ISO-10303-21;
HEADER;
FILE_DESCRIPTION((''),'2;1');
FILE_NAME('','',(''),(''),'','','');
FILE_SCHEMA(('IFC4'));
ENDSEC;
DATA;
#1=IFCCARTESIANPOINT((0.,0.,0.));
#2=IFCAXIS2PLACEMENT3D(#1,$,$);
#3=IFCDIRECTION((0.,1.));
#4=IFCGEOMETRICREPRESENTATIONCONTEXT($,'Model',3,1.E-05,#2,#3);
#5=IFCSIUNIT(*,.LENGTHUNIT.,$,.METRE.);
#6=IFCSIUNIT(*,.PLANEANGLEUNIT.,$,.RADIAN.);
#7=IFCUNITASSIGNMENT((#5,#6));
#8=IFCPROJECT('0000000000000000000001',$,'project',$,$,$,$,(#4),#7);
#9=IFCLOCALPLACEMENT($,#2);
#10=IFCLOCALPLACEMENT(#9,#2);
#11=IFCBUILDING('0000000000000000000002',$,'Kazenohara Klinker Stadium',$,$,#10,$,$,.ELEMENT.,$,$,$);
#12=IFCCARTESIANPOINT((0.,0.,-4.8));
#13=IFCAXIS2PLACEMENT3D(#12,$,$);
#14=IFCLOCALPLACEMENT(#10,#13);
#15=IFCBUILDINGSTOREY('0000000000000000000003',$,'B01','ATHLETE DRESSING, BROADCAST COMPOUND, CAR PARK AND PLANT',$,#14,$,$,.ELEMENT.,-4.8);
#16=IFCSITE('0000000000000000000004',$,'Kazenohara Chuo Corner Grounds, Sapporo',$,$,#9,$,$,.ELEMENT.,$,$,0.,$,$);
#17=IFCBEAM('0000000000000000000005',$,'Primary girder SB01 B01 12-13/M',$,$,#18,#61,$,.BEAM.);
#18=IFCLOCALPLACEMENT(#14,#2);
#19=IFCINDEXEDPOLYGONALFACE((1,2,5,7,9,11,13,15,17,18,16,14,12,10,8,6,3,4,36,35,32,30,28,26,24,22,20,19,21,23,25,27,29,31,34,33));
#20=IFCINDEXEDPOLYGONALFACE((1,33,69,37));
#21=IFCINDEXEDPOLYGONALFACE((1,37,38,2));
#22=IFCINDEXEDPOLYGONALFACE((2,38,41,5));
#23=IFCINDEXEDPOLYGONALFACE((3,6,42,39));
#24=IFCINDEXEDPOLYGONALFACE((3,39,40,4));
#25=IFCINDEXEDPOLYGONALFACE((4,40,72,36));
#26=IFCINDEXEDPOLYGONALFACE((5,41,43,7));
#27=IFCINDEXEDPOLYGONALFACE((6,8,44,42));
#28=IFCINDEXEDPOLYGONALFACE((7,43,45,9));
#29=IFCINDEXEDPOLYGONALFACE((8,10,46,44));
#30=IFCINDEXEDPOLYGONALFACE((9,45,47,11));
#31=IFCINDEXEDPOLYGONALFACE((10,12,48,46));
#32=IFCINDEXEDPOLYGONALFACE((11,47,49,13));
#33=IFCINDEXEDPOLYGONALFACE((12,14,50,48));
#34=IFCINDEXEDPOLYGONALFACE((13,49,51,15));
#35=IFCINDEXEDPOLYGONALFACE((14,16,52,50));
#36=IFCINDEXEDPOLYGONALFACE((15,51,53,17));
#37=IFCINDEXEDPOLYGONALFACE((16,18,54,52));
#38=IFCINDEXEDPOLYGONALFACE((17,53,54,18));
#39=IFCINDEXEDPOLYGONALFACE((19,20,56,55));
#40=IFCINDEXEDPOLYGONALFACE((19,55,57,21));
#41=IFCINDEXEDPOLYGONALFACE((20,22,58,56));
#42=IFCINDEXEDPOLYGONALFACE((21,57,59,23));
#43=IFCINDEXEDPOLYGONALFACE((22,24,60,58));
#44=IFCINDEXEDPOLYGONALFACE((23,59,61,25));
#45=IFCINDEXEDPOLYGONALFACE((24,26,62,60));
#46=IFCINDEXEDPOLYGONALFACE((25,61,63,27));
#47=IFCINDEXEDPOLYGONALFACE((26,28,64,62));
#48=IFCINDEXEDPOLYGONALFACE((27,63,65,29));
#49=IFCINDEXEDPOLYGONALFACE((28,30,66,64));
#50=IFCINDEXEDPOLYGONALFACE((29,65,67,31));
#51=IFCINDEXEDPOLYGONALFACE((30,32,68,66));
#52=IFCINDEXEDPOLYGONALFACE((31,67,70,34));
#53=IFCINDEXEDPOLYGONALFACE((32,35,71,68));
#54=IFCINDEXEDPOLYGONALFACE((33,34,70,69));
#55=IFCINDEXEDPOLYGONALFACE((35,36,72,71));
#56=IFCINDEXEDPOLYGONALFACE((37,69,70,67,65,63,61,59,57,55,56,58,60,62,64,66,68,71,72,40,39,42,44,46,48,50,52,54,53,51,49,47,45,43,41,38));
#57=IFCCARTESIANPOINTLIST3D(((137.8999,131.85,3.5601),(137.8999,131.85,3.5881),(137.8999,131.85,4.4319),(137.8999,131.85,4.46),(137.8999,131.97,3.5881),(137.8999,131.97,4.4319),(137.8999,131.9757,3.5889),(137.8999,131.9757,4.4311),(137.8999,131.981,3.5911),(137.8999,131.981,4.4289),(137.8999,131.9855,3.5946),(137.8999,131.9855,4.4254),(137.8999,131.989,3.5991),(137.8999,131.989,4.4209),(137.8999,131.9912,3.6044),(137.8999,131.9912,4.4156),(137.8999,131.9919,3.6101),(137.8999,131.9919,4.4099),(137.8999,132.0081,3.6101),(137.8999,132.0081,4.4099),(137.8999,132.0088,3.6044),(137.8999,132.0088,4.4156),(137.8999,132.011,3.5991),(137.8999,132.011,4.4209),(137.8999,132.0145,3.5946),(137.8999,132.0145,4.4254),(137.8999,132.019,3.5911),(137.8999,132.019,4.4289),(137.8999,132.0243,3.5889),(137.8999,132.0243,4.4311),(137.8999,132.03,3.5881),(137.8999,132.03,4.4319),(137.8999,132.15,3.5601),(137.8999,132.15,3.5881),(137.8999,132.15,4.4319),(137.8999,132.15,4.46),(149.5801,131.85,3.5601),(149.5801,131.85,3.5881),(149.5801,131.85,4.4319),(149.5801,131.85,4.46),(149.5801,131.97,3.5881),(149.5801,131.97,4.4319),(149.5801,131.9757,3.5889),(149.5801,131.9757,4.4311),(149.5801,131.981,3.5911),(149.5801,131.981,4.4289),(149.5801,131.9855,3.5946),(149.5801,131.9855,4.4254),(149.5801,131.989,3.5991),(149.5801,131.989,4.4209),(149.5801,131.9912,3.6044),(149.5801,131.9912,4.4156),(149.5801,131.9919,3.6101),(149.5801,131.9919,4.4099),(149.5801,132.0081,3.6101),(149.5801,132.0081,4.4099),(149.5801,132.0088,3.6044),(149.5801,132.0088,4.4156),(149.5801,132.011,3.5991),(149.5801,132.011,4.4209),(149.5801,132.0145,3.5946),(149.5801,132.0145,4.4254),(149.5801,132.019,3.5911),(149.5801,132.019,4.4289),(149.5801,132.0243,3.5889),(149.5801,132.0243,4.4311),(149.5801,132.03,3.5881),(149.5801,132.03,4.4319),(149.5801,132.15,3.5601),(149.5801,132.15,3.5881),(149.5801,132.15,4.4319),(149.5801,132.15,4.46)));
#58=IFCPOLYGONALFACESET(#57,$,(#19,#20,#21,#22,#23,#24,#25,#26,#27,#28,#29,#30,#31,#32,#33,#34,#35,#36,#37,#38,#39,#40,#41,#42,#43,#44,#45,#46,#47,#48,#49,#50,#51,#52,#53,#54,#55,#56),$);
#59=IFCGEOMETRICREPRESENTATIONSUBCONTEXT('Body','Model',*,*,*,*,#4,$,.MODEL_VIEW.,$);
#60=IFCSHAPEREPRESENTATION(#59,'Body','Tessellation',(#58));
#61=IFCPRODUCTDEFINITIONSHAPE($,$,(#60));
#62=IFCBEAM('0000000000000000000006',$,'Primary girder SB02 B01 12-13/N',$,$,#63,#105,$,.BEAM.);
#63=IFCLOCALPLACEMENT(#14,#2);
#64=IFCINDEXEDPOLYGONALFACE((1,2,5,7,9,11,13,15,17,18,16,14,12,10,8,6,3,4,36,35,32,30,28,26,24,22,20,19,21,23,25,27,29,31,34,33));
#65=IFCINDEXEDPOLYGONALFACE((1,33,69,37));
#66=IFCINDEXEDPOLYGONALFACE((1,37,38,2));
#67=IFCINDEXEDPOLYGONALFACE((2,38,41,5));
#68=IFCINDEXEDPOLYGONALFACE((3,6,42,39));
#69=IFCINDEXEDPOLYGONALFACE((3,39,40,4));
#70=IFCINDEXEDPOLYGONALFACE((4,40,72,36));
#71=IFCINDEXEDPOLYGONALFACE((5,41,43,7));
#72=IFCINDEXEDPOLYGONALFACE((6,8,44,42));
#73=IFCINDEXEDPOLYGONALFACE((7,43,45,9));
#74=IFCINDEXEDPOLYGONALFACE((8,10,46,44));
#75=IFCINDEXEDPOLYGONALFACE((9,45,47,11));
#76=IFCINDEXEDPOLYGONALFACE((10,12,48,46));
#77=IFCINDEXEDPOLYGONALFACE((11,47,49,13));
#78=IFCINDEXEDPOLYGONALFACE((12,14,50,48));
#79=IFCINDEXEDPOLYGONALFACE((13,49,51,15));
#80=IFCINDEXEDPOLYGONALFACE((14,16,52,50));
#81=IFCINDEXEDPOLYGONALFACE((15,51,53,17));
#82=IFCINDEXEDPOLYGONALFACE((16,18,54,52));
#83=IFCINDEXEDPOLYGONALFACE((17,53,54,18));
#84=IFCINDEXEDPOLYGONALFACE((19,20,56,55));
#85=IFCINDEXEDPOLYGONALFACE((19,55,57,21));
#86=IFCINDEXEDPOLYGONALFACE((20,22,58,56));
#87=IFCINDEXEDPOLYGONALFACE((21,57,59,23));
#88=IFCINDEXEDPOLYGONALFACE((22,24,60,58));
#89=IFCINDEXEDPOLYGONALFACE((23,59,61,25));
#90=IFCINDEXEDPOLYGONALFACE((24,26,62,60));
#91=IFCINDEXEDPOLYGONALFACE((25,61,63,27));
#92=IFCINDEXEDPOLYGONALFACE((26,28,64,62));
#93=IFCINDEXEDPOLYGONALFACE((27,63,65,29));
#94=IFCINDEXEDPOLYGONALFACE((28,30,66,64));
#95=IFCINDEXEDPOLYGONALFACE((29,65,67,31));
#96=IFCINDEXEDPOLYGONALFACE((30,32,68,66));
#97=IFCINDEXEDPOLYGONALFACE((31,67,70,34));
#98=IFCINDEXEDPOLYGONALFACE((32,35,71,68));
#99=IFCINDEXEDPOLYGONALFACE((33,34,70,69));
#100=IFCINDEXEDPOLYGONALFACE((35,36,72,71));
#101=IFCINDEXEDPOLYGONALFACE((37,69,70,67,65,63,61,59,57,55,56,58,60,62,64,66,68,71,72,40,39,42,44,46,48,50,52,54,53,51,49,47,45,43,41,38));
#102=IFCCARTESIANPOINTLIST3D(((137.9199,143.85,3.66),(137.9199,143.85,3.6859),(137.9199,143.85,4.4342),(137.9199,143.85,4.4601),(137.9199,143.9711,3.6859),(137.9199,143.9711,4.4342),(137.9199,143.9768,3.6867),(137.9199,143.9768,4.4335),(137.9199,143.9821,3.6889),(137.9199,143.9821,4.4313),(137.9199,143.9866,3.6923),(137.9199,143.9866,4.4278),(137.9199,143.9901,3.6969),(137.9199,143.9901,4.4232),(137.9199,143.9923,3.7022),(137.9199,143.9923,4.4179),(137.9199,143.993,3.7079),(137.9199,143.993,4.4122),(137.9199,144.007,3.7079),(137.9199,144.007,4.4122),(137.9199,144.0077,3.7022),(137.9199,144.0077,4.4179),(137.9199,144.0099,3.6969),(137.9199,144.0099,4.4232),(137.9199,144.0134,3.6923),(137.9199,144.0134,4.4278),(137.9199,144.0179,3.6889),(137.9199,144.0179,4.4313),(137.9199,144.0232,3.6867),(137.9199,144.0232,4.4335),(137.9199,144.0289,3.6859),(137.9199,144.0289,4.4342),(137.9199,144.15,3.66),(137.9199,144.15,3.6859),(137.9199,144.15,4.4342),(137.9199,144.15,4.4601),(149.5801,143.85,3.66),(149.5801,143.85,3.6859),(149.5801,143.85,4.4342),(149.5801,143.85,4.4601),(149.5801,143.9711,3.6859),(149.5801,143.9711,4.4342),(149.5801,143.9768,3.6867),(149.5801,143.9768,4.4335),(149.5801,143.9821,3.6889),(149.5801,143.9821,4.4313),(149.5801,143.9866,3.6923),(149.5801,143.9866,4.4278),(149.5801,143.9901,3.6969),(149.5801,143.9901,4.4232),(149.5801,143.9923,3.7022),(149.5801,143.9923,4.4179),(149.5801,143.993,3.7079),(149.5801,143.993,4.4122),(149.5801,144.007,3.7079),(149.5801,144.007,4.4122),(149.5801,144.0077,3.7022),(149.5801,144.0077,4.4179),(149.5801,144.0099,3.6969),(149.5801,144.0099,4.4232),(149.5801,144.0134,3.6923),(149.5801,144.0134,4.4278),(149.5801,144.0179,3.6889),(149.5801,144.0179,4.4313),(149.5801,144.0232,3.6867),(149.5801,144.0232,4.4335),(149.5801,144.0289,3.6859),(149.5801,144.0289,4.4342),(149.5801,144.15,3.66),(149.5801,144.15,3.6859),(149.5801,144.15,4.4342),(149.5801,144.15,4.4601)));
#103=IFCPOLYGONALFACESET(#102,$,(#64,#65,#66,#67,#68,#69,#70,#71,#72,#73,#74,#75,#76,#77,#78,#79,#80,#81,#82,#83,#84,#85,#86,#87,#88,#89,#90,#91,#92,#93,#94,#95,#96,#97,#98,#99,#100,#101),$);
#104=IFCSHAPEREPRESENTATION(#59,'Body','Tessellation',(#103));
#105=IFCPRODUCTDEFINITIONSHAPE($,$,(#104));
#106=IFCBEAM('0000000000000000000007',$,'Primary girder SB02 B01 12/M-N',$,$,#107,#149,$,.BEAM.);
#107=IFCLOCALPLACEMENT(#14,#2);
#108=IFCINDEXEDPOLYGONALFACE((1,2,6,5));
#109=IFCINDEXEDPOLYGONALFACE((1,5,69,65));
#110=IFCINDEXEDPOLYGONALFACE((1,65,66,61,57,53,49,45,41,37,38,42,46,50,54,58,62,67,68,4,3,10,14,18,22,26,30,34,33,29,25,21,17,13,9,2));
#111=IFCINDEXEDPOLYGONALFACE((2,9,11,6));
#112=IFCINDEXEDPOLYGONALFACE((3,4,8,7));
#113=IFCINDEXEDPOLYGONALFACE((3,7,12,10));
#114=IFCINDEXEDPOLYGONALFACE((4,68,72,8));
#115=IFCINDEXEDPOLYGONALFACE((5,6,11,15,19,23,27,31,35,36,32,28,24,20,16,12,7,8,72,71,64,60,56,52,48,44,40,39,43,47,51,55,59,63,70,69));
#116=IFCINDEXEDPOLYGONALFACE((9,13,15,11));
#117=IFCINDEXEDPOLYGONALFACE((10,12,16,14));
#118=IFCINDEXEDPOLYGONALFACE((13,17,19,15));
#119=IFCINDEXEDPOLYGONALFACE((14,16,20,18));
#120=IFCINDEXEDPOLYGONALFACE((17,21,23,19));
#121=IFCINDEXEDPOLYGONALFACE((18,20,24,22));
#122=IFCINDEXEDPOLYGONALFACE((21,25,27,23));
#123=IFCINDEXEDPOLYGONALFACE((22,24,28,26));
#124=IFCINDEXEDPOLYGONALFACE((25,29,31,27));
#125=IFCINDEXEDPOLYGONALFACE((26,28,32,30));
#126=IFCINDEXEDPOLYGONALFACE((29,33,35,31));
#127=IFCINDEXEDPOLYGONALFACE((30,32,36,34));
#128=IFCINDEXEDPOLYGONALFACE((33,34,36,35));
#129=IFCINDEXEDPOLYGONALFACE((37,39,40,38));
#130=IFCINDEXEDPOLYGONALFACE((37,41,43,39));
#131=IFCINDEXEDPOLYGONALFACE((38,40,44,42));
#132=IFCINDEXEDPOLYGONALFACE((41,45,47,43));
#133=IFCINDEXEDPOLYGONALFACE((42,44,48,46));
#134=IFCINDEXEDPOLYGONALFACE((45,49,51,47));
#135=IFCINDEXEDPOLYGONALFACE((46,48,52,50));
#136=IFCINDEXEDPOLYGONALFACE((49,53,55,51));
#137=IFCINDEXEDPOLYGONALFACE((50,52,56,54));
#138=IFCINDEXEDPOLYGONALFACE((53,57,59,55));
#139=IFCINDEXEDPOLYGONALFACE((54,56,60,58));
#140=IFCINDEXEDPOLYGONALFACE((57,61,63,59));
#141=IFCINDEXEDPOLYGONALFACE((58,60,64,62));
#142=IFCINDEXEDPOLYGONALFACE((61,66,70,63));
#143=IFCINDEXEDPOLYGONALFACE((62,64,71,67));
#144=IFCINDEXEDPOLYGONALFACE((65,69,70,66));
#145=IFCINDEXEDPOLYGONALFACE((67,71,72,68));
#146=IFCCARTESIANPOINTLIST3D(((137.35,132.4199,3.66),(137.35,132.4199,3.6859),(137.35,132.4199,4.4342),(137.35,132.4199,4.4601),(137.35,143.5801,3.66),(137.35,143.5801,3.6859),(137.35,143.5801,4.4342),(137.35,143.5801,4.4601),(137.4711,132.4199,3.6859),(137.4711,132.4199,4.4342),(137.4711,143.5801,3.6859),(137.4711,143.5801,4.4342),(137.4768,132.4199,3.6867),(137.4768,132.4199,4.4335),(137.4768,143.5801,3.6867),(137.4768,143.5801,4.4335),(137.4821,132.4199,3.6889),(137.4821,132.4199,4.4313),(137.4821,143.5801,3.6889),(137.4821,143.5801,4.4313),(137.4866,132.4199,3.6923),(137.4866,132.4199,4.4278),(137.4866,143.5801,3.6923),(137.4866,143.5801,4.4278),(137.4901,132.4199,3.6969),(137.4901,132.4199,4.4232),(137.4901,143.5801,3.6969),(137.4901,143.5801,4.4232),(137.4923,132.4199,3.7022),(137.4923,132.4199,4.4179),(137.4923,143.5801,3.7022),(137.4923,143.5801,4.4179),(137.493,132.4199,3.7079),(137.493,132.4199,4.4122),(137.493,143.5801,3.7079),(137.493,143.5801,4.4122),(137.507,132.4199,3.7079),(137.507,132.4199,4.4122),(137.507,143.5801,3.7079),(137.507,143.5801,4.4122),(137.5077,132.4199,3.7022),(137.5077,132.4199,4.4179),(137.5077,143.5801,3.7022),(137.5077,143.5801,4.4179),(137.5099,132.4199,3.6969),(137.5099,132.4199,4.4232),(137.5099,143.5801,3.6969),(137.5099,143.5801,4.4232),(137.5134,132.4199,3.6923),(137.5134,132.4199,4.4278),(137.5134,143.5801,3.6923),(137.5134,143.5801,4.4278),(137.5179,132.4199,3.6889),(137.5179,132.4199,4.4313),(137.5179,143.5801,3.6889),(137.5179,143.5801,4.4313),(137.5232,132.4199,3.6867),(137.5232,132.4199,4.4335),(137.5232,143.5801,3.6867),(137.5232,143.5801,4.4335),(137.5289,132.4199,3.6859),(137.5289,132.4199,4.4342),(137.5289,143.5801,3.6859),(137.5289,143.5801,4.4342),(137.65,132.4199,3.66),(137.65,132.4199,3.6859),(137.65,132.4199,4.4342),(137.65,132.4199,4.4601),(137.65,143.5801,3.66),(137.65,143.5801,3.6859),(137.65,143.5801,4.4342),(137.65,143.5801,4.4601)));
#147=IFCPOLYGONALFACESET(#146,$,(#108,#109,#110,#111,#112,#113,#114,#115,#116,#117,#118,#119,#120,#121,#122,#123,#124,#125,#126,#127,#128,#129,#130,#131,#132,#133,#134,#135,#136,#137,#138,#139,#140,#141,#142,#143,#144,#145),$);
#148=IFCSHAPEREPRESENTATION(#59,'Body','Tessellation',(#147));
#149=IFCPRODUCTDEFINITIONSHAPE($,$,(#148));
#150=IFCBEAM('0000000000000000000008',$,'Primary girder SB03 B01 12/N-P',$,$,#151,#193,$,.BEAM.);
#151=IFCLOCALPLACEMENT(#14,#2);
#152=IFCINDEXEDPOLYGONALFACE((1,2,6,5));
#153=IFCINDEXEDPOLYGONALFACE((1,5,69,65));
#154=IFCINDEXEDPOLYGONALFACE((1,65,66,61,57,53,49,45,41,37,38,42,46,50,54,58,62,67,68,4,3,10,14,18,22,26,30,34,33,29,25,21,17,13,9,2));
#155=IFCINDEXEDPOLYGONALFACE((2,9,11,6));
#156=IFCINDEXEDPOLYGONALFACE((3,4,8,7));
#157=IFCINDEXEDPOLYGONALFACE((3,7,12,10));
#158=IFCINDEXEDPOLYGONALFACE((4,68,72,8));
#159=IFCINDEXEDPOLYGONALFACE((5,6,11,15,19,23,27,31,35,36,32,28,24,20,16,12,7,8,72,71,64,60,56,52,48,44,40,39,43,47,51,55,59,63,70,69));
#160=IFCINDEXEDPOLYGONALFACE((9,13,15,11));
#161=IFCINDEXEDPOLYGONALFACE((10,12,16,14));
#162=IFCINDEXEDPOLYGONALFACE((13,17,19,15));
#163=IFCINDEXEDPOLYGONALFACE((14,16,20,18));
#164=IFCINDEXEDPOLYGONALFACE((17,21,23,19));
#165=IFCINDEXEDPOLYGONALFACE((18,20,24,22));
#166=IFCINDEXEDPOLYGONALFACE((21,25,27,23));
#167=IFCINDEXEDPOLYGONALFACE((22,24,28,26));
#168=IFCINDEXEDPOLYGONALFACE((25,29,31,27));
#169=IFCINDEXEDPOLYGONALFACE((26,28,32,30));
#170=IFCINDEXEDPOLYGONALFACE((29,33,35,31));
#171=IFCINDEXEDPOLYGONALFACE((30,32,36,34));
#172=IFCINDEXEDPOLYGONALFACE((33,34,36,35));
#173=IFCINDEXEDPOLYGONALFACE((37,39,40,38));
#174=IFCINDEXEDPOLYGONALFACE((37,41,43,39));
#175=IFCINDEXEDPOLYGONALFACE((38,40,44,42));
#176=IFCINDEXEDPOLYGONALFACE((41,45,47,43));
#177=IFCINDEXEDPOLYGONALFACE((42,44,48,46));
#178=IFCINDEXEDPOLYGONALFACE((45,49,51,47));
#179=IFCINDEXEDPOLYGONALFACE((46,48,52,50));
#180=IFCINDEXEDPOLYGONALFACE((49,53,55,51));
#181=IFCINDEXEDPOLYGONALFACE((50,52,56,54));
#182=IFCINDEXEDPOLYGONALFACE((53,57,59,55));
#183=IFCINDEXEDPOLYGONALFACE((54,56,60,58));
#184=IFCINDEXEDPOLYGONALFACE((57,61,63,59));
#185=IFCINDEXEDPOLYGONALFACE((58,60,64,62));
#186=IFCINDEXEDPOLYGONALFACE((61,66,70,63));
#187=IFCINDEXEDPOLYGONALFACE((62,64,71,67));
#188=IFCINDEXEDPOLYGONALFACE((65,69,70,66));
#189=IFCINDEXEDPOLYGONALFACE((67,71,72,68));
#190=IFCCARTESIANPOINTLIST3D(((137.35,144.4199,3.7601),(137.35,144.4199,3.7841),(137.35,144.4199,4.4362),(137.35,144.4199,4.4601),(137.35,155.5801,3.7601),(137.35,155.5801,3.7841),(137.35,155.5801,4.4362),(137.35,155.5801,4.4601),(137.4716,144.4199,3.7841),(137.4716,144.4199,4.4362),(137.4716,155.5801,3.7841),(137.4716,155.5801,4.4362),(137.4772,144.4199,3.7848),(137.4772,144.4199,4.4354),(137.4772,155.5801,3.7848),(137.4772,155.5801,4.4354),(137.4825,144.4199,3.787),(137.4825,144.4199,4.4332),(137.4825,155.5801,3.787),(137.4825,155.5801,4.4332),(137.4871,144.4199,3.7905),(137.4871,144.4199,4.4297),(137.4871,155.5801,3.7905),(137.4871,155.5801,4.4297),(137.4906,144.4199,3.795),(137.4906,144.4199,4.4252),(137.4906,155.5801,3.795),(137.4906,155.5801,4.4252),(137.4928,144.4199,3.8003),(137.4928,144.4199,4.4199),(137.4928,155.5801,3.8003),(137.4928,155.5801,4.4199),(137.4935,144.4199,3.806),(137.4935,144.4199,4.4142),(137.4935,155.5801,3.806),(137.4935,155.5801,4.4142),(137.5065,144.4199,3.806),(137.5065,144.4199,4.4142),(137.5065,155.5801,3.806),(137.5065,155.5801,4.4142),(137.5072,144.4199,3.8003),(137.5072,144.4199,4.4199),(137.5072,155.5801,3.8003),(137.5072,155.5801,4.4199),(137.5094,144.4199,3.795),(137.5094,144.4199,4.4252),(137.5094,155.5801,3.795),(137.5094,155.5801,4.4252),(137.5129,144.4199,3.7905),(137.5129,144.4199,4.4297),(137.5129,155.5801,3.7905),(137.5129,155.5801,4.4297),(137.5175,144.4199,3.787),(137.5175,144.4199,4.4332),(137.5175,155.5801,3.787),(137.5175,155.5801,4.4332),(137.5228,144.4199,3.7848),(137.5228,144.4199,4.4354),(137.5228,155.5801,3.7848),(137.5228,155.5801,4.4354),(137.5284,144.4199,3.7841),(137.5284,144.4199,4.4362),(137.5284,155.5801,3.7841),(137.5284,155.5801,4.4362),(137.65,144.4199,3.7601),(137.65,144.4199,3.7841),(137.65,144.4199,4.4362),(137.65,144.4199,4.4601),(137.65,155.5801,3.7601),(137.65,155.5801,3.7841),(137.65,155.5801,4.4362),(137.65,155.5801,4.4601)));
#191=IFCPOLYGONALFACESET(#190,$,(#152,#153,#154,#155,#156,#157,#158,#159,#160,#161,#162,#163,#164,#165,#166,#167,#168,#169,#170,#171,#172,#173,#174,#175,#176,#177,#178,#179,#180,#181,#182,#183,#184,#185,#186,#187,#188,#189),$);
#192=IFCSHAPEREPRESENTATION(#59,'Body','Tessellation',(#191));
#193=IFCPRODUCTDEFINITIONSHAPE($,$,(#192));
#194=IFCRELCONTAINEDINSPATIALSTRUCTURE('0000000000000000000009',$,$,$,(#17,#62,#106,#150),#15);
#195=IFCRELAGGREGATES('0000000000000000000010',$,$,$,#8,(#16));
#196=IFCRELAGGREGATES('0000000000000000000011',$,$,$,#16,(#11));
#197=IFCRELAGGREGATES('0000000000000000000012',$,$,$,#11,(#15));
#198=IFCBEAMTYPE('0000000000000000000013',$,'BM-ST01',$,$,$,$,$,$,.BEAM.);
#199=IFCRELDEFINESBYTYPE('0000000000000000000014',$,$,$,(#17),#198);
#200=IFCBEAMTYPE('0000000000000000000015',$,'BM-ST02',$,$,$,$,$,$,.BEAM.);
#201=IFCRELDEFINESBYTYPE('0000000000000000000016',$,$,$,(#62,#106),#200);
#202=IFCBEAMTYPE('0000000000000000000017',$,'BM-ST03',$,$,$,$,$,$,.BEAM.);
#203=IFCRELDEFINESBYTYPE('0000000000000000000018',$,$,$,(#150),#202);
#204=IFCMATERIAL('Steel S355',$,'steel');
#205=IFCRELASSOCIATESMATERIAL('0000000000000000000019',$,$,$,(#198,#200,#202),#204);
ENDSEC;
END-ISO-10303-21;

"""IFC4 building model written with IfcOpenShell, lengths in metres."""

from ifc_helpers import new_model, si_unit, direction, frame, origin, origin_2d, place, context, subcontext, project, spatial, i_section, extrude, material, material_profile, profile_set, type_object, element, save


model = new_model("IFC4")

# Units and contexts
model_context = context("Model", 3, precision=1e-05, world=origin(), true_north=direction((0.0, 1.0)))
body_context = subcontext(model_context, "Body", "Model", "MODEL_VIEW")
ifc_project = project(units=[si_unit("LENGTHUNIT", "METRE"), si_unit("PLANEANGLEUNIT", "RADIAN")], contexts=[model_context])

# Site, building, storey
site_placement = place(None, origin())
site = spatial("IfcSite", under=ifc_project, at=site_placement, Name="Kazenohara Chuo Corner Grounds, Sapporo", CompositionType="ELEMENT", RefElevation=0.0)
building_placement = place(site_placement, origin())
building = spatial("IfcBuilding", under=site, at=building_placement, Name="Kazenohara Klinker Stadium", CompositionType="ELEMENT")
storey_placement = place(building_placement, frame((0.0, 0.0, -4.8)))
storey = spatial("IfcBuildingStorey", under=building, at=storey_placement, Name="B01", Description="ATHLETE DRESSING, BROADCAST COMPOUND, CAR PARK AND PLANT", CompositionType="ELEMENT", Elevation=-4.8)

# Beams
ifc_material_1 = material(Name="Steel S355", Category="steel")
ifc_material_profile_1 = material_profile(ifc_material_1, i_section(OverallWidth=0.3, OverallDepth=0.8999, WebThickness=0.0161, FlangeThickness=0.0281, FilletRadius=0.022, at=origin_2d()), Name="H-900x300x16x28")
ifc_profile_set_1 = profile_set([ifc_material_profile_1], Name="Steel S355")
beam_type_1 = type_object("IfcBeamType", Name="BM-ST01", PredefinedType="BEAM", material=ifc_profile_set_1)
beam_1_placement = place(storey_placement, frame((137.8999, 132.0, 4.01), z_axis=(1.0, 0.0, 0.0), x_axis=(0.0, 1.0, 0.0)))
element("IfcBeam", 1, at=beam_1_placement, inside=storey, type_object=beam_type_1, Name="Primary girder SB01 B01 12-13/M", PredefinedType="BEAM", context=body_context, shape_type="SweptSolid", body=[
    extrude(i_section(OverallWidth=0.3, OverallDepth=0.8999, WebThickness=0.0161, FlangeThickness=0.0281, FilletRadius=0.022, at=origin_2d()), origin(), (0.0, 0.0, 1.0), 11.6802),
])
ifc_material_profile_2 = material_profile(ifc_material_1, i_section(OverallWidth=0.3, OverallDepth=0.8, WebThickness=0.0139, FlangeThickness=0.0259, FilletRadius=0.022, at=origin_2d()), Name="H-800x300x14x26")
ifc_profile_set_2 = profile_set([ifc_material_profile_2], Name="Steel S355")
beam_type_2 = type_object("IfcBeamType", Name="BM-ST02", PredefinedType="BEAM", material=ifc_profile_set_2)
beam_2_placement = place(storey_placement, frame((137.9199, 144.0, 4.0601), z_axis=(1.0, 0.0, 0.0), x_axis=(0.0, 1.0, 0.0)))
element("IfcBeam", 2, at=beam_2_placement, inside=storey, type_object=beam_type_2, Name="Primary girder SB02 B01 12-13/N", PredefinedType="BEAM", context=body_context, shape_type="SweptSolid", body=[
    extrude(i_section(OverallWidth=0.3, OverallDepth=0.8, WebThickness=0.0139, FlangeThickness=0.0259, FilletRadius=0.022, at=origin_2d()), origin(), (0.0, 0.0, 1.0), 11.6602),
])
beam_3_placement = place(storey_placement, frame((137.5, 132.4199, 4.0601), z_axis=(0.0, 1.0, 0.0), x_axis=(-1.0, 0.0, 0.0)))
element("IfcBeam", 3, at=beam_3_placement, inside=storey, type_object=beam_type_2, Name="Primary girder SB02 B01 12/M-N", PredefinedType="BEAM", context=body_context, shape_type="SweptSolid", body=[
    extrude(i_section(OverallWidth=0.3, OverallDepth=0.8, WebThickness=0.0139, FlangeThickness=0.0259, FilletRadius=0.022, at=origin_2d()), origin(), (0.0, 0.0, 1.0), 11.1602),
])
ifc_material_profile_3 = material_profile(ifc_material_1, i_section(OverallWidth=0.3, OverallDepth=0.7, WebThickness=0.0129, FlangeThickness=0.0239, FilletRadius=0.022, at=origin_2d()), Name="H-700x300x13x24")
ifc_profile_set_3 = profile_set([ifc_material_profile_3], Name="Steel S355")
beam_type_3 = type_object("IfcBeamType", Name="BM-ST03", PredefinedType="BEAM", material=ifc_profile_set_3)
beam_4_placement = place(storey_placement, frame((137.5, 144.4199, 4.1101), z_axis=(0.0, 1.0, 0.0), x_axis=(-1.0, 0.0, 0.0)))
element("IfcBeam", 4, at=beam_4_placement, inside=storey, type_object=beam_type_3, Name="Primary girder SB03 B01 12/N-P", PredefinedType="BEAM", context=body_context, shape_type="SweptSolid", body=[
    extrude(i_section(OverallWidth=0.3, OverallDepth=0.7, WebThickness=0.0129, FlangeThickness=0.0239, FilletRadius=0.022, at=origin_2d()), origin(), (0.0, 0.0, 1.0), 11.1602),
])

save(model, "model.ifc")
